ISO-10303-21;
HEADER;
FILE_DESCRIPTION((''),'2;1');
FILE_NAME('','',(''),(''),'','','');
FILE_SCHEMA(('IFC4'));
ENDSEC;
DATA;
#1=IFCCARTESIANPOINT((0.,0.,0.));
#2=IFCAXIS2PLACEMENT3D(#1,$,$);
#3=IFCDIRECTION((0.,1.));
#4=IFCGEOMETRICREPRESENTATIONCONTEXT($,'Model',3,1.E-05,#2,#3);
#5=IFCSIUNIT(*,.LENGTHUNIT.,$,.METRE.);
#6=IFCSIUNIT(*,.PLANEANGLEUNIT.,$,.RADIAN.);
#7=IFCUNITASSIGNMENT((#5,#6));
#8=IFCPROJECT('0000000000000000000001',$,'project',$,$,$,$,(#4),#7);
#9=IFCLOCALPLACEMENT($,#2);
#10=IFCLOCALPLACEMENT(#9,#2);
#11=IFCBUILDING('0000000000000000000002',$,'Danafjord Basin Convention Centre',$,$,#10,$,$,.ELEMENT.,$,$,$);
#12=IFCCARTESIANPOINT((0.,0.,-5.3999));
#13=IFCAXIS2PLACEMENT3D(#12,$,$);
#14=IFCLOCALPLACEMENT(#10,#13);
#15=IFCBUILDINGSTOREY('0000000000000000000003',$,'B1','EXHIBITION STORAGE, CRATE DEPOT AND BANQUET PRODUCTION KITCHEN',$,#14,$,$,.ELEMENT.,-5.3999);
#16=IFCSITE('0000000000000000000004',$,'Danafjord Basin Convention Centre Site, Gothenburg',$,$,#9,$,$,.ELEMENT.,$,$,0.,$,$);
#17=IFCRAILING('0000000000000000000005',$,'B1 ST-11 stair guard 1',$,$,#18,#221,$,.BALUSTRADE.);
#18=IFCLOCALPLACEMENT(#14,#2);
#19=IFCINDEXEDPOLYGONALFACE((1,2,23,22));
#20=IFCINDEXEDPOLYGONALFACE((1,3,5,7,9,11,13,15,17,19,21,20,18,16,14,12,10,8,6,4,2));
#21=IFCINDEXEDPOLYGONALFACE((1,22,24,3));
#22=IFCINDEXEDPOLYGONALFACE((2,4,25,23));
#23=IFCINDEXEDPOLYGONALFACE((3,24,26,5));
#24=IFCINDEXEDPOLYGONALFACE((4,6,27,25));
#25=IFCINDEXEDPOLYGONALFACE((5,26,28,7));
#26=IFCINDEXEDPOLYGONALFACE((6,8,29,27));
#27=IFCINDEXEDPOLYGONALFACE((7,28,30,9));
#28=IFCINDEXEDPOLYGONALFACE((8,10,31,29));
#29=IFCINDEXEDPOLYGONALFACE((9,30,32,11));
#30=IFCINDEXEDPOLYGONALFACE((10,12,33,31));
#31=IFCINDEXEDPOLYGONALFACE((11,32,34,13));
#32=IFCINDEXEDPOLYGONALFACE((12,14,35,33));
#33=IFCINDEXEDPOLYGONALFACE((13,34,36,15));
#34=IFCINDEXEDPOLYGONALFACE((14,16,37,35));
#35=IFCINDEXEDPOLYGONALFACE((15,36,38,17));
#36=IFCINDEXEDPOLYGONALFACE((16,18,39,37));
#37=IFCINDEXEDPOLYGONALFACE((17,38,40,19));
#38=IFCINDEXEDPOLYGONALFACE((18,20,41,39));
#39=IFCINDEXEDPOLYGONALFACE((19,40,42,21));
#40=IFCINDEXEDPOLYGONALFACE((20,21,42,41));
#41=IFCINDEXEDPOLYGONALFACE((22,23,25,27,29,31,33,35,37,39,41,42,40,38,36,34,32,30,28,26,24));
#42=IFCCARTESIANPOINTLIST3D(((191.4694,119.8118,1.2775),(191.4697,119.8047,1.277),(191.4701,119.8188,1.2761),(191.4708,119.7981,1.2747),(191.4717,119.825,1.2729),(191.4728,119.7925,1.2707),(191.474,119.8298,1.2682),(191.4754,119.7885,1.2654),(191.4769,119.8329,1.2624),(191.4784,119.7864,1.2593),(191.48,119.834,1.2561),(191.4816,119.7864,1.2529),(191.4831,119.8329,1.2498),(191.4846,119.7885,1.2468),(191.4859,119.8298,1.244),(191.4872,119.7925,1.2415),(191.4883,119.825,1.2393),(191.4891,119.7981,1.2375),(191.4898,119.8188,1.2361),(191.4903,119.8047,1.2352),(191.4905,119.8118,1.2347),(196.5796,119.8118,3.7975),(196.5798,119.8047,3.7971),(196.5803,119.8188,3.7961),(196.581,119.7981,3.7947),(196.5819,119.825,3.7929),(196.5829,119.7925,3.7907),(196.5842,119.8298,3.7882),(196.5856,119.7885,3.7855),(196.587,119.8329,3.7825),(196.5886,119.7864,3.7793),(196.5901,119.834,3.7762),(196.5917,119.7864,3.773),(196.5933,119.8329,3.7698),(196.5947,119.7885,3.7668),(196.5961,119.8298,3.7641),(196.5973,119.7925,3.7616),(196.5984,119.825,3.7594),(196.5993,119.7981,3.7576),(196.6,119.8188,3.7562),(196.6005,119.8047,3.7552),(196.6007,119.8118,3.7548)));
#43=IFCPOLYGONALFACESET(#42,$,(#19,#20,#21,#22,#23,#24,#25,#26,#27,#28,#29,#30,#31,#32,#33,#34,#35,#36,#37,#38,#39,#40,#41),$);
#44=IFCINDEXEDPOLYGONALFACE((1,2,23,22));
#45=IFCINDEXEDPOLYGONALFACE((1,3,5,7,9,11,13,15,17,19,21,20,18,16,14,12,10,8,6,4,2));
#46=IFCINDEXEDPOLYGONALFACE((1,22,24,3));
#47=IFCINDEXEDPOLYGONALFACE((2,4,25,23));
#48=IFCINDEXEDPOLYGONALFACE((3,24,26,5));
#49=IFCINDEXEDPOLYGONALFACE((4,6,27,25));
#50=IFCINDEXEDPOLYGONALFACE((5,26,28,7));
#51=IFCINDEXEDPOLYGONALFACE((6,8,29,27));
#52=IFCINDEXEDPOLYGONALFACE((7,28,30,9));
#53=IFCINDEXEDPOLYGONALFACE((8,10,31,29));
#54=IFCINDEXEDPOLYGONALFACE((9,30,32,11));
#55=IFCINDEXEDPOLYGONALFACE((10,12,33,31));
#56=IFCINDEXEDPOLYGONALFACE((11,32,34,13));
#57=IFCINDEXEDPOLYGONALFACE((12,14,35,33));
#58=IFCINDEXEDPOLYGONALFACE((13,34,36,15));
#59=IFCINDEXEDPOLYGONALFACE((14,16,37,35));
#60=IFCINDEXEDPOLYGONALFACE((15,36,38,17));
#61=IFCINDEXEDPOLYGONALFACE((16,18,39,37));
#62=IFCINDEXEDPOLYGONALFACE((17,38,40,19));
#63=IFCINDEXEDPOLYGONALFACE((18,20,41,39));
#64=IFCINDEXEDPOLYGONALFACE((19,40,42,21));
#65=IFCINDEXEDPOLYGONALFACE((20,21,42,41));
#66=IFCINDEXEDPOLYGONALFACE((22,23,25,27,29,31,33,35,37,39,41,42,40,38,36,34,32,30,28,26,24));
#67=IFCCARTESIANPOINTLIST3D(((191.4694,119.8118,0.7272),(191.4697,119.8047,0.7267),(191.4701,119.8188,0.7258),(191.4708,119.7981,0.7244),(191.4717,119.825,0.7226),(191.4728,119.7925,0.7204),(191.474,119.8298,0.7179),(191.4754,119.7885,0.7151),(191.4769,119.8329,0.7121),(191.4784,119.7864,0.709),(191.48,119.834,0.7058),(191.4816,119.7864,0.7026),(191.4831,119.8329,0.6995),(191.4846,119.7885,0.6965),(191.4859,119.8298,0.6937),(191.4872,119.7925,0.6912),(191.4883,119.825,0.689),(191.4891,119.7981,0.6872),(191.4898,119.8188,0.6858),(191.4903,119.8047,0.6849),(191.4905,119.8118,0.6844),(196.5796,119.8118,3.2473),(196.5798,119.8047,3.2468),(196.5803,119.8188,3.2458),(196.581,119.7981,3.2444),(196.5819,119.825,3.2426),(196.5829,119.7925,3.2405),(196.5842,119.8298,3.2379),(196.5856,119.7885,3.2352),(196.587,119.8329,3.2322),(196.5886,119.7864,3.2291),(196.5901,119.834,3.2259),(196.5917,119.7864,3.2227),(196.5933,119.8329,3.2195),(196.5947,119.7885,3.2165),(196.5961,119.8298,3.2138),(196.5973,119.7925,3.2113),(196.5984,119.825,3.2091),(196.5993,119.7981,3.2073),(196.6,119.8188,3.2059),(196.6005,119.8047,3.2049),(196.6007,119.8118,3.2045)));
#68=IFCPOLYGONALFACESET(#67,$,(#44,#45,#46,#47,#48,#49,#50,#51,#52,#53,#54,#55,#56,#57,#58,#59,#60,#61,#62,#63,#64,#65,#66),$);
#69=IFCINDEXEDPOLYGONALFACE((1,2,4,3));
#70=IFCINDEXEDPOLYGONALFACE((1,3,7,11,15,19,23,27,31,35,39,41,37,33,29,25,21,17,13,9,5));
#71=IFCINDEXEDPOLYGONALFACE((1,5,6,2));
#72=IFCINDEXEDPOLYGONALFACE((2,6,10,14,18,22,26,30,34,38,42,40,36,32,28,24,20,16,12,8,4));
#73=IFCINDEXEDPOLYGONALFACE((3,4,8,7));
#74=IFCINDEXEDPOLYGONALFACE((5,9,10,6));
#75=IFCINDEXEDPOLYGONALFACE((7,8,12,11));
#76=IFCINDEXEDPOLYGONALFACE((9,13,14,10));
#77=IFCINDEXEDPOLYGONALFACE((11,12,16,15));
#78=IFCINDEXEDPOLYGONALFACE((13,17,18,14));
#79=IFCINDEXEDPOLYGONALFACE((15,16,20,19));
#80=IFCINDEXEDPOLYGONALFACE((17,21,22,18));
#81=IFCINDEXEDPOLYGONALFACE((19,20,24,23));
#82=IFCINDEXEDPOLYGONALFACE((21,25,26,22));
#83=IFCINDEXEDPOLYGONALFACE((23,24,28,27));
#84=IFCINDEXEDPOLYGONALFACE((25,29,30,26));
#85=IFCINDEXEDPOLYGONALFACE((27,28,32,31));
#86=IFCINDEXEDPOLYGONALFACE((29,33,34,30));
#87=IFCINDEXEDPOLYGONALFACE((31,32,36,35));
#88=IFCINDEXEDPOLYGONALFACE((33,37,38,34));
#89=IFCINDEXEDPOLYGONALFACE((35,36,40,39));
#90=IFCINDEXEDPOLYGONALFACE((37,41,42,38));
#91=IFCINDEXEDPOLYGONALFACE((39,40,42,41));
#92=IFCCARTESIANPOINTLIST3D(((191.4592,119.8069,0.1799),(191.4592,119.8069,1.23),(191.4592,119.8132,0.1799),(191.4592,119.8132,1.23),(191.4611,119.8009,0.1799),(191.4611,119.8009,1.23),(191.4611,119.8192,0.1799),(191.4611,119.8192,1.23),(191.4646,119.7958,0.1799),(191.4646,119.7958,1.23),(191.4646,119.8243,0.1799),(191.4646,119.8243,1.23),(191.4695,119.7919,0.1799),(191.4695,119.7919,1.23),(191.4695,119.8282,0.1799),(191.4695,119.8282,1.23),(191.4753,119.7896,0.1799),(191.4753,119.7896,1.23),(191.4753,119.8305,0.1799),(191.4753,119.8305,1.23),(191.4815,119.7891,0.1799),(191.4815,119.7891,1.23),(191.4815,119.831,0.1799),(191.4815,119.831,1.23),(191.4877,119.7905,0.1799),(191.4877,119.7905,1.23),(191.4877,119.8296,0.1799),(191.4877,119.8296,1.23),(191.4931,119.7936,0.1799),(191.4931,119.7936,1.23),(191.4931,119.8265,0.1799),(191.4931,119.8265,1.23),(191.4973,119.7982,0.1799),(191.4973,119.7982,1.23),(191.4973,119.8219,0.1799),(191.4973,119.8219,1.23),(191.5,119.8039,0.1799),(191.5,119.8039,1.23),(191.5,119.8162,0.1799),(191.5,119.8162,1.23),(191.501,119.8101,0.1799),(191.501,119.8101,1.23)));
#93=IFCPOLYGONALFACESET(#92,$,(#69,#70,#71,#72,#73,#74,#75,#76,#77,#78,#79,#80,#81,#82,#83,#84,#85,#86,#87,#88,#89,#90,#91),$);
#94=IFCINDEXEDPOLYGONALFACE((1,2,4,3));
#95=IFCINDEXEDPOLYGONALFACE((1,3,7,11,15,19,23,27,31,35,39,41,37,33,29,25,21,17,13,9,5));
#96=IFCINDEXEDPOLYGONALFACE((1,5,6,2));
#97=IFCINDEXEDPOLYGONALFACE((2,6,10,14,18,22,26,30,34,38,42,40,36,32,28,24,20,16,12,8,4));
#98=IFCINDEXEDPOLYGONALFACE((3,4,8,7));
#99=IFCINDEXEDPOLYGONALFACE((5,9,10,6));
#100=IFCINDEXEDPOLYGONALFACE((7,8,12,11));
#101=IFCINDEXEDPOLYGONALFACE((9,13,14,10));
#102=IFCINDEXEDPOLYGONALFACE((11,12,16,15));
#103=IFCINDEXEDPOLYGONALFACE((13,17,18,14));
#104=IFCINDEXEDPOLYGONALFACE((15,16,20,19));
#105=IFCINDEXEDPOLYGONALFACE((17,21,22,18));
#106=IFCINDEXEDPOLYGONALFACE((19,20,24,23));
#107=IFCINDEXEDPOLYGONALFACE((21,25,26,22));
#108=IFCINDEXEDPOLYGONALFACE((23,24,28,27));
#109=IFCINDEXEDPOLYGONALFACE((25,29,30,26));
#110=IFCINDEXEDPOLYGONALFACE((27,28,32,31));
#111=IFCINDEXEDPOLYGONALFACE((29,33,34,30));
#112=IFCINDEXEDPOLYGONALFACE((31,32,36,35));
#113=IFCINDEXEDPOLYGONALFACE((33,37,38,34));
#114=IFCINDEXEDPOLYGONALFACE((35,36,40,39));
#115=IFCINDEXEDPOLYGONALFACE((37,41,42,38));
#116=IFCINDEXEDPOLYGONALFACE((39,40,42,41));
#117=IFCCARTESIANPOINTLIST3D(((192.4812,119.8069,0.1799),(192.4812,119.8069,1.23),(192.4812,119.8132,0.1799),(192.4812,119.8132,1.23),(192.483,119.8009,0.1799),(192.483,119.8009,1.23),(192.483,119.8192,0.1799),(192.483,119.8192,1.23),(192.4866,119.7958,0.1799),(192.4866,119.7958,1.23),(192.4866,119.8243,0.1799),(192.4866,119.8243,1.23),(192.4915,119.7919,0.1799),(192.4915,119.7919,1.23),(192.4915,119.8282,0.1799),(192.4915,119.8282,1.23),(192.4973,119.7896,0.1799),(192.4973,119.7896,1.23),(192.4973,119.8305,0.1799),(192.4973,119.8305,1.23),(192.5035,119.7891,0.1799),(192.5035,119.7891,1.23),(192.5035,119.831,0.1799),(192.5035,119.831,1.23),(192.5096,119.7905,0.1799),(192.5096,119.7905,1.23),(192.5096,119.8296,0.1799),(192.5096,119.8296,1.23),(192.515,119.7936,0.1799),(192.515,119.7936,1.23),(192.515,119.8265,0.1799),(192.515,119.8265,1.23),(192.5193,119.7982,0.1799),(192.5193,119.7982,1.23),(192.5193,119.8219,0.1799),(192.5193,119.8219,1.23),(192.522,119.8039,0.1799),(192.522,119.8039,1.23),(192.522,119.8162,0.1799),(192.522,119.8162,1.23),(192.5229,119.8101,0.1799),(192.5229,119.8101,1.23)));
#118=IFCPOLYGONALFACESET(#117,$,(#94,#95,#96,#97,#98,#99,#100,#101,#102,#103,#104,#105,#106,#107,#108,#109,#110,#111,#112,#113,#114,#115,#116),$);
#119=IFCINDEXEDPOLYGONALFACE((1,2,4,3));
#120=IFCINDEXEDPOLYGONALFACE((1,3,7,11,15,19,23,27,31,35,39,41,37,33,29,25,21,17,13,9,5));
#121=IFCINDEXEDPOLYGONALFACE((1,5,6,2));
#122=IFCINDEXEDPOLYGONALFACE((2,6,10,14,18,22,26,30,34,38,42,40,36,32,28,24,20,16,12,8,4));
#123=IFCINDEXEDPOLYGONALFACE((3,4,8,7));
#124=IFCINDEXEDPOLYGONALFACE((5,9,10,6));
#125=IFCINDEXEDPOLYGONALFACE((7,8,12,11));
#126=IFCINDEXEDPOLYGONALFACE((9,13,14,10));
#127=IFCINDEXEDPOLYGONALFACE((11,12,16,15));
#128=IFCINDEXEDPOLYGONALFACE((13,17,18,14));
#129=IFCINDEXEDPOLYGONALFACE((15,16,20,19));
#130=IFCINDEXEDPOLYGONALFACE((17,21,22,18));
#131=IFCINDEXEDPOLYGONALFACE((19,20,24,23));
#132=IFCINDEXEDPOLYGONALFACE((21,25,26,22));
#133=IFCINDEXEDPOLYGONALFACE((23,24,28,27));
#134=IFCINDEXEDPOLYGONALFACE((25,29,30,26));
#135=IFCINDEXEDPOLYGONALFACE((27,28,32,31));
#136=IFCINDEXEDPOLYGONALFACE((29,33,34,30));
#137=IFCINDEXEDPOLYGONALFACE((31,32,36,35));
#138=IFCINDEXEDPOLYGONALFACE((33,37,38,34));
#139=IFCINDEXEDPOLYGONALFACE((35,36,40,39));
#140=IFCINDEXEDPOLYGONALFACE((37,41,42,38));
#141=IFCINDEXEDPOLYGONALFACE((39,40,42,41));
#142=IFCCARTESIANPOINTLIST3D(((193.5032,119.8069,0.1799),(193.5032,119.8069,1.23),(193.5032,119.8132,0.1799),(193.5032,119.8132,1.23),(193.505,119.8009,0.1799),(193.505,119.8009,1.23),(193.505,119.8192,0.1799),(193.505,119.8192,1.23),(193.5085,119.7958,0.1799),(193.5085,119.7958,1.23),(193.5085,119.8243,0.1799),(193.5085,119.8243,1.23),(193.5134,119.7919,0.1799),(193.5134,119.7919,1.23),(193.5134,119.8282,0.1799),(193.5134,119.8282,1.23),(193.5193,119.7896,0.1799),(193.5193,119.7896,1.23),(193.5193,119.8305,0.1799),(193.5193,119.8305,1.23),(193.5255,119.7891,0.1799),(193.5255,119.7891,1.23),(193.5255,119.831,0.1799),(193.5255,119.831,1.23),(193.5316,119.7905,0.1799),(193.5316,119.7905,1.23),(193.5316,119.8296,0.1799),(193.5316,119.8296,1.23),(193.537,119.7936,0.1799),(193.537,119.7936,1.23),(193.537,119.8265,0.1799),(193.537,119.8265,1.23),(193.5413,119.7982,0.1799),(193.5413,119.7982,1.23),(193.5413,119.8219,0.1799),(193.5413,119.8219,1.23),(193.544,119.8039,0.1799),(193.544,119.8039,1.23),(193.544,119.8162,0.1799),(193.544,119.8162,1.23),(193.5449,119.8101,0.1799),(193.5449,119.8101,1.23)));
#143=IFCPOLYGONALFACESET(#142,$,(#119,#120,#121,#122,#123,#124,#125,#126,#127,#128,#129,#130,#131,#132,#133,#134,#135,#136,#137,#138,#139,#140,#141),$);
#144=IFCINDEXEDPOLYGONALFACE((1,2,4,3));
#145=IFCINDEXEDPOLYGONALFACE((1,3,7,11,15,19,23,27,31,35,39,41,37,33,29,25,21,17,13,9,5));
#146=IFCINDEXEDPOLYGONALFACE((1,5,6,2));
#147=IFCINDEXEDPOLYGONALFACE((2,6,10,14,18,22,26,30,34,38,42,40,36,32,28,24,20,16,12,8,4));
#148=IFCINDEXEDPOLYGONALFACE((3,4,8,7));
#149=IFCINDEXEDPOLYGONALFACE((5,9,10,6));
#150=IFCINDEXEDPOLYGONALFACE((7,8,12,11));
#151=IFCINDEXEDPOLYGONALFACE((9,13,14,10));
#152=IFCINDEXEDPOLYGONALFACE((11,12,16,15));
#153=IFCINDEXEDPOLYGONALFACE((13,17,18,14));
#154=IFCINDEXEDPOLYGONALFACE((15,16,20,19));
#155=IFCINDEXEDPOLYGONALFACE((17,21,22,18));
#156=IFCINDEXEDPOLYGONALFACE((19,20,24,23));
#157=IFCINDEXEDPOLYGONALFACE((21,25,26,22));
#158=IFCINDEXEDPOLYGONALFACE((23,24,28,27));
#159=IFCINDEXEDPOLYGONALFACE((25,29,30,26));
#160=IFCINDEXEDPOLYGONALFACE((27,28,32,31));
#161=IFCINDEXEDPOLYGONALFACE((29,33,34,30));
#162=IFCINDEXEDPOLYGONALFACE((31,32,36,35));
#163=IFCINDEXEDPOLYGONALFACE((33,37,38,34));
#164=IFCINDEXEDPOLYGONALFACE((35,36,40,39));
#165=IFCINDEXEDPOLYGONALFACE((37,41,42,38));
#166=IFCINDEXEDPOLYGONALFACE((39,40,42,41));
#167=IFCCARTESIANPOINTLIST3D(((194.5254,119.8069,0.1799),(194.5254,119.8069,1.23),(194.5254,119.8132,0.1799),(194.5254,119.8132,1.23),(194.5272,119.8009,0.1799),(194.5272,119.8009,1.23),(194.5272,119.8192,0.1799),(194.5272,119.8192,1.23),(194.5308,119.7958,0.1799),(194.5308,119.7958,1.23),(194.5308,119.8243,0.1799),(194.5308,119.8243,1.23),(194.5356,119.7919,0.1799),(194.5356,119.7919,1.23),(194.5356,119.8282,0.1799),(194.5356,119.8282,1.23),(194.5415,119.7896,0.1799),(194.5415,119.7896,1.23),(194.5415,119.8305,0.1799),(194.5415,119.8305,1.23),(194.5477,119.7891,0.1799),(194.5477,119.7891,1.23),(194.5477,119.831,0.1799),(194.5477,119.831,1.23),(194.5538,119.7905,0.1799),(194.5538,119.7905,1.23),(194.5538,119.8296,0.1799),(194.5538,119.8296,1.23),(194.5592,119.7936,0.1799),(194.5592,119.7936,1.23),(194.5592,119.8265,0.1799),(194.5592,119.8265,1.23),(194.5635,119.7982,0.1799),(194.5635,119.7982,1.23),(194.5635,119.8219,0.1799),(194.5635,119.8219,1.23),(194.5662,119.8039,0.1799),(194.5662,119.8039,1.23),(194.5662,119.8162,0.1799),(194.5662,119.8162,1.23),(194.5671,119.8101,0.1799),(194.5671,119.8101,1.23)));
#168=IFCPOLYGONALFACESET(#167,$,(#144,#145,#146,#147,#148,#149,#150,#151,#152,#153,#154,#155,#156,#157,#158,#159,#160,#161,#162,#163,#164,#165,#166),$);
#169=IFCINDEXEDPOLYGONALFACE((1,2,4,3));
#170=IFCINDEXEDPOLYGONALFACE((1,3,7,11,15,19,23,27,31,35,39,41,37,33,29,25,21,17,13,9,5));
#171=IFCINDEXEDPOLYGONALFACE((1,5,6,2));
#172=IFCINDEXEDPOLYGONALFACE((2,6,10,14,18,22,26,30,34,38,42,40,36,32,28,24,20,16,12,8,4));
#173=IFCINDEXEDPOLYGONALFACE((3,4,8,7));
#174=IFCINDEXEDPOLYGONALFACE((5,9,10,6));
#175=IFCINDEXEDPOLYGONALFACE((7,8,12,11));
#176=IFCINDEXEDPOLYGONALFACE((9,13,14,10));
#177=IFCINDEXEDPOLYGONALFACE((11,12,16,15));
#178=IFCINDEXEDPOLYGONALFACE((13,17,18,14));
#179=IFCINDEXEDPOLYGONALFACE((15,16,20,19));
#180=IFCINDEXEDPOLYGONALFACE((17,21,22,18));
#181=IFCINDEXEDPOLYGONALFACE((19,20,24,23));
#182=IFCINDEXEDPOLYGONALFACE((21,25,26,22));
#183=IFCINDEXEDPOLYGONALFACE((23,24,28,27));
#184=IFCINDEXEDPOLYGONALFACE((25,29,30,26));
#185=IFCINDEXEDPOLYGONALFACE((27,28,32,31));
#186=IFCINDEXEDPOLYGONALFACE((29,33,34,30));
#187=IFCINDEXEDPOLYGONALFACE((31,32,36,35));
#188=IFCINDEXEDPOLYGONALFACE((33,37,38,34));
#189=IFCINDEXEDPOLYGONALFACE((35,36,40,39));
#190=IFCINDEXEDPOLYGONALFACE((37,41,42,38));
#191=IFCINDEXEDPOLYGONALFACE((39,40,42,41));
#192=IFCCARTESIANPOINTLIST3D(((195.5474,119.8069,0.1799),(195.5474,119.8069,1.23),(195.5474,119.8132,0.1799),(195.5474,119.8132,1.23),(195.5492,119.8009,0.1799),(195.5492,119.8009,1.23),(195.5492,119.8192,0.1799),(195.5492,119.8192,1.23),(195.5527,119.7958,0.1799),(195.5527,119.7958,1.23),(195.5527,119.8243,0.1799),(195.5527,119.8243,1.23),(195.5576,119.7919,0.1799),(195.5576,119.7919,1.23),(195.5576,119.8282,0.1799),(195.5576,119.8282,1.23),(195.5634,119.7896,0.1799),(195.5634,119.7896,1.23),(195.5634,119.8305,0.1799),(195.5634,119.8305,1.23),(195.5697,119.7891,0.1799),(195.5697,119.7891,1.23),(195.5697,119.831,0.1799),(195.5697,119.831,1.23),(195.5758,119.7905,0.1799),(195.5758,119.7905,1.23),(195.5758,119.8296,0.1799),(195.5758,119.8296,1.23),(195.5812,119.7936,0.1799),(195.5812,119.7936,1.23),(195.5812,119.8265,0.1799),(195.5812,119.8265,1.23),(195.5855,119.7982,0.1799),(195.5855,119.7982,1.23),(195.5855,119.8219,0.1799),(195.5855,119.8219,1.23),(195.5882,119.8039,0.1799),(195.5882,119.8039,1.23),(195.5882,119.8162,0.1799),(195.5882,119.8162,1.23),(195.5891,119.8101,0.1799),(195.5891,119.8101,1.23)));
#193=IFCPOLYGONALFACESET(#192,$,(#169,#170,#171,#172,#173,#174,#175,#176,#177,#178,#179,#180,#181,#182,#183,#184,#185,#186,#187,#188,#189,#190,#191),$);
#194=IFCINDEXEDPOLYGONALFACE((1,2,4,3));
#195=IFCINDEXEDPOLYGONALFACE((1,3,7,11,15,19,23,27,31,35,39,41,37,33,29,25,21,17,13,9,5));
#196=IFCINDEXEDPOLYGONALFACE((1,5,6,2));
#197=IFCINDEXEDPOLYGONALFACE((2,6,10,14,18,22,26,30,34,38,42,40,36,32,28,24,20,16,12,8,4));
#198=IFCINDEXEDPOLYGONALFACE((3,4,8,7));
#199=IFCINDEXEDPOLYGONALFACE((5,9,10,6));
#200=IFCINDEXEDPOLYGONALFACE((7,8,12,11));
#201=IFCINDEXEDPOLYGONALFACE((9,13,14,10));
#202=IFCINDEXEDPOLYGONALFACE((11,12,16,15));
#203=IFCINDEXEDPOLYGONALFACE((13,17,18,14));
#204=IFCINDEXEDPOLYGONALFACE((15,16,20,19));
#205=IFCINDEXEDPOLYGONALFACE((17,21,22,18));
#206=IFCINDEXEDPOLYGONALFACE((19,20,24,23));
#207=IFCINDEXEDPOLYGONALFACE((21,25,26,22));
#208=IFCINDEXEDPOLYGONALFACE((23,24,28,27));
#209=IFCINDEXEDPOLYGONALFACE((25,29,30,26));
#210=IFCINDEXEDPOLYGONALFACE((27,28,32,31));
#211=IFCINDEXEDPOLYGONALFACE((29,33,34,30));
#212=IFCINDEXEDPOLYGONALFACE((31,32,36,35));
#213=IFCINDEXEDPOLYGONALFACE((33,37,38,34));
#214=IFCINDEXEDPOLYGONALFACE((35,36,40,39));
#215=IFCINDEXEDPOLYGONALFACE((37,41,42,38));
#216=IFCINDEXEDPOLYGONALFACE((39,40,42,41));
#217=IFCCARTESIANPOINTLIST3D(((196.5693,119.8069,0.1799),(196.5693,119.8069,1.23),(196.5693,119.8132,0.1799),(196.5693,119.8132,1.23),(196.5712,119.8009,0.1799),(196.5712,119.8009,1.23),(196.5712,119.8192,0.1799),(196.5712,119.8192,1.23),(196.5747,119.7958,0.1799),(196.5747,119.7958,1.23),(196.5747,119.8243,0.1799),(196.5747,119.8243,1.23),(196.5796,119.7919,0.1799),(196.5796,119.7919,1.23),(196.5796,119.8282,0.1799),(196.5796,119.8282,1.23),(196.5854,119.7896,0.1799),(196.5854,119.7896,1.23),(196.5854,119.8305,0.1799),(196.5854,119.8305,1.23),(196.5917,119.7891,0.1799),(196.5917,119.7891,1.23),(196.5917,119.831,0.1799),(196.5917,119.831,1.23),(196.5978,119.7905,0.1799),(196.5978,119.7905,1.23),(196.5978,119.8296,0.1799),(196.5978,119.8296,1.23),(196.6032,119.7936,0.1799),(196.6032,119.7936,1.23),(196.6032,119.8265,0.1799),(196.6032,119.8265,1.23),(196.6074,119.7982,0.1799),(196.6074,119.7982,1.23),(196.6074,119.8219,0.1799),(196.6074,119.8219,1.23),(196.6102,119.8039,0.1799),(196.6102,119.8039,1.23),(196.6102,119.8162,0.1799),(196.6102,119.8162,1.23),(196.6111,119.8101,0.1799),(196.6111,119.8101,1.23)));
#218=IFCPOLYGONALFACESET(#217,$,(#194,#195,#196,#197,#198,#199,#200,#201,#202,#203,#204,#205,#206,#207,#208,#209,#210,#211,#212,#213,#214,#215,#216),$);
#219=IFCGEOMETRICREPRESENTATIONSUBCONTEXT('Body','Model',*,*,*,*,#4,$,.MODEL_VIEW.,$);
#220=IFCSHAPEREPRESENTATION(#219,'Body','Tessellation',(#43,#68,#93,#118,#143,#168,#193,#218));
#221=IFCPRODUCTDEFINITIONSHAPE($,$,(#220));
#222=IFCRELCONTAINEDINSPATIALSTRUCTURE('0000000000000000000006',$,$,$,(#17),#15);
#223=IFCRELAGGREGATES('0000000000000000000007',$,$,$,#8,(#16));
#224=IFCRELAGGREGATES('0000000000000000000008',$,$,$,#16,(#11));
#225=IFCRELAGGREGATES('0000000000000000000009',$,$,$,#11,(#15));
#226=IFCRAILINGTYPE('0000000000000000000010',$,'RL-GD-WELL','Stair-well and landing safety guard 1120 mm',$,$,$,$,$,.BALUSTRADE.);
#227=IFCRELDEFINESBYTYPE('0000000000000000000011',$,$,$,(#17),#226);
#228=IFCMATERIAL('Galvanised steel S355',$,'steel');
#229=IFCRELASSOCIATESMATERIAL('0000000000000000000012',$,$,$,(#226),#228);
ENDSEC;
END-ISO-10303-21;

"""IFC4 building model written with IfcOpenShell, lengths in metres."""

from ifc_helpers import new_model, si_unit, direction, frame, origin, origin_2d, place, context, subcontext, project, spatial, circle, extrude, material, type_object, element, save


model = new_model("IFC4")

# Units and contexts
model_context = context("Model", 3, precision=1e-05, world=origin(), true_north=direction((0.0, 1.0)))
body_context = subcontext(model_context, "Body", "Model", "MODEL_VIEW")
ifc_project = project(units=[si_unit("LENGTHUNIT", "METRE"), si_unit("PLANEANGLEUNIT", "RADIAN")], contexts=[model_context])

# Site, building, storey
site_placement = place(None, origin())
site = spatial("IfcSite", under=ifc_project, at=site_placement, Name="Danafjord Basin Convention Centre Site, Gothenburg", CompositionType="ELEMENT", RefElevation=0.0)
building_placement = place(site_placement, origin())
building = spatial("IfcBuilding", under=site, at=building_placement, Name="Danafjord Basin Convention Centre", CompositionType="ELEMENT")
storey_placement = place(building_placement, frame((0.0, 0.0, -5.3999)))
storey = spatial("IfcBuildingStorey", under=building, at=storey_placement, Name="B1", Description="EXHIBITION STORAGE, CRATE DEPOT AND BANQUET PRODUCTION KITCHEN", CompositionType="ELEMENT", Elevation=-5.3999)

# Railing
ifc_material_1 = material(Name="Galvanised steel S355", Category="steel")
railing_type_1 = type_object("IfcRailingType", Name="RL-GD-WELL", Description="Stair-well and landing safety guard 1120 mm", PredefinedType="BALUSTRADE", material=ifc_material_1)
railing_1_placement = place(storey_placement, frame((191.48, 119.8101, 0.1799)))
element("IfcRailing", 1, at=railing_1_placement, inside=storey, type_object=railing_type_1, Name="B1 ST-11 stair guard 1", PredefinedType="BALUSTRADE", context=body_context, shape_type="SweptSolid", body=[
    extrude(circle(Radius=0.0239, at=origin_2d()), frame((0.0, 0.0, 1.0762), z_axis=(0.896873, 0.0, 0.442288), x_axis=(0.0, 1.0, 0.0)), (0.0, 0.0, 1.0), 5.6978),
    extrude(circle(Radius=0.0239, at=origin_2d()), frame((0.0, 0.0, 0.5259), z_axis=(0.896873, 0.0, 0.442288), x_axis=(0.0, 1.0, 0.0)), (0.0, 0.0, 1.0), 5.6978),
    extrude(circle(Radius=0.021, at=origin_2d()), origin(), (0.0, 0.0, 1.0), 1.05),
    extrude(circle(Radius=0.021, at=origin_2d()), frame((1.022, 0.0, 0.0)), (0.0, 0.0, 1.0), 1.05),
    extrude(circle(Radius=0.021, at=origin_2d()), frame((2.0439, 0.0, 0.0)), (0.0, 0.0, 1.0), 1.05),
    extrude(circle(Radius=0.021, at=origin_2d()), frame((3.0662, 0.0, 0.0)), (0.0, 0.0, 1.0), 1.05),
    extrude(circle(Radius=0.021, at=origin_2d()), frame((4.0881, 0.0, 0.0)), (0.0, 0.0, 1.0), 1.05),
    extrude(circle(Radius=0.021, at=origin_2d()), frame((5.1101, 0.0, 0.0)), (0.0, 0.0, 1.0), 1.05),
])

save(model, "model.ifc")
